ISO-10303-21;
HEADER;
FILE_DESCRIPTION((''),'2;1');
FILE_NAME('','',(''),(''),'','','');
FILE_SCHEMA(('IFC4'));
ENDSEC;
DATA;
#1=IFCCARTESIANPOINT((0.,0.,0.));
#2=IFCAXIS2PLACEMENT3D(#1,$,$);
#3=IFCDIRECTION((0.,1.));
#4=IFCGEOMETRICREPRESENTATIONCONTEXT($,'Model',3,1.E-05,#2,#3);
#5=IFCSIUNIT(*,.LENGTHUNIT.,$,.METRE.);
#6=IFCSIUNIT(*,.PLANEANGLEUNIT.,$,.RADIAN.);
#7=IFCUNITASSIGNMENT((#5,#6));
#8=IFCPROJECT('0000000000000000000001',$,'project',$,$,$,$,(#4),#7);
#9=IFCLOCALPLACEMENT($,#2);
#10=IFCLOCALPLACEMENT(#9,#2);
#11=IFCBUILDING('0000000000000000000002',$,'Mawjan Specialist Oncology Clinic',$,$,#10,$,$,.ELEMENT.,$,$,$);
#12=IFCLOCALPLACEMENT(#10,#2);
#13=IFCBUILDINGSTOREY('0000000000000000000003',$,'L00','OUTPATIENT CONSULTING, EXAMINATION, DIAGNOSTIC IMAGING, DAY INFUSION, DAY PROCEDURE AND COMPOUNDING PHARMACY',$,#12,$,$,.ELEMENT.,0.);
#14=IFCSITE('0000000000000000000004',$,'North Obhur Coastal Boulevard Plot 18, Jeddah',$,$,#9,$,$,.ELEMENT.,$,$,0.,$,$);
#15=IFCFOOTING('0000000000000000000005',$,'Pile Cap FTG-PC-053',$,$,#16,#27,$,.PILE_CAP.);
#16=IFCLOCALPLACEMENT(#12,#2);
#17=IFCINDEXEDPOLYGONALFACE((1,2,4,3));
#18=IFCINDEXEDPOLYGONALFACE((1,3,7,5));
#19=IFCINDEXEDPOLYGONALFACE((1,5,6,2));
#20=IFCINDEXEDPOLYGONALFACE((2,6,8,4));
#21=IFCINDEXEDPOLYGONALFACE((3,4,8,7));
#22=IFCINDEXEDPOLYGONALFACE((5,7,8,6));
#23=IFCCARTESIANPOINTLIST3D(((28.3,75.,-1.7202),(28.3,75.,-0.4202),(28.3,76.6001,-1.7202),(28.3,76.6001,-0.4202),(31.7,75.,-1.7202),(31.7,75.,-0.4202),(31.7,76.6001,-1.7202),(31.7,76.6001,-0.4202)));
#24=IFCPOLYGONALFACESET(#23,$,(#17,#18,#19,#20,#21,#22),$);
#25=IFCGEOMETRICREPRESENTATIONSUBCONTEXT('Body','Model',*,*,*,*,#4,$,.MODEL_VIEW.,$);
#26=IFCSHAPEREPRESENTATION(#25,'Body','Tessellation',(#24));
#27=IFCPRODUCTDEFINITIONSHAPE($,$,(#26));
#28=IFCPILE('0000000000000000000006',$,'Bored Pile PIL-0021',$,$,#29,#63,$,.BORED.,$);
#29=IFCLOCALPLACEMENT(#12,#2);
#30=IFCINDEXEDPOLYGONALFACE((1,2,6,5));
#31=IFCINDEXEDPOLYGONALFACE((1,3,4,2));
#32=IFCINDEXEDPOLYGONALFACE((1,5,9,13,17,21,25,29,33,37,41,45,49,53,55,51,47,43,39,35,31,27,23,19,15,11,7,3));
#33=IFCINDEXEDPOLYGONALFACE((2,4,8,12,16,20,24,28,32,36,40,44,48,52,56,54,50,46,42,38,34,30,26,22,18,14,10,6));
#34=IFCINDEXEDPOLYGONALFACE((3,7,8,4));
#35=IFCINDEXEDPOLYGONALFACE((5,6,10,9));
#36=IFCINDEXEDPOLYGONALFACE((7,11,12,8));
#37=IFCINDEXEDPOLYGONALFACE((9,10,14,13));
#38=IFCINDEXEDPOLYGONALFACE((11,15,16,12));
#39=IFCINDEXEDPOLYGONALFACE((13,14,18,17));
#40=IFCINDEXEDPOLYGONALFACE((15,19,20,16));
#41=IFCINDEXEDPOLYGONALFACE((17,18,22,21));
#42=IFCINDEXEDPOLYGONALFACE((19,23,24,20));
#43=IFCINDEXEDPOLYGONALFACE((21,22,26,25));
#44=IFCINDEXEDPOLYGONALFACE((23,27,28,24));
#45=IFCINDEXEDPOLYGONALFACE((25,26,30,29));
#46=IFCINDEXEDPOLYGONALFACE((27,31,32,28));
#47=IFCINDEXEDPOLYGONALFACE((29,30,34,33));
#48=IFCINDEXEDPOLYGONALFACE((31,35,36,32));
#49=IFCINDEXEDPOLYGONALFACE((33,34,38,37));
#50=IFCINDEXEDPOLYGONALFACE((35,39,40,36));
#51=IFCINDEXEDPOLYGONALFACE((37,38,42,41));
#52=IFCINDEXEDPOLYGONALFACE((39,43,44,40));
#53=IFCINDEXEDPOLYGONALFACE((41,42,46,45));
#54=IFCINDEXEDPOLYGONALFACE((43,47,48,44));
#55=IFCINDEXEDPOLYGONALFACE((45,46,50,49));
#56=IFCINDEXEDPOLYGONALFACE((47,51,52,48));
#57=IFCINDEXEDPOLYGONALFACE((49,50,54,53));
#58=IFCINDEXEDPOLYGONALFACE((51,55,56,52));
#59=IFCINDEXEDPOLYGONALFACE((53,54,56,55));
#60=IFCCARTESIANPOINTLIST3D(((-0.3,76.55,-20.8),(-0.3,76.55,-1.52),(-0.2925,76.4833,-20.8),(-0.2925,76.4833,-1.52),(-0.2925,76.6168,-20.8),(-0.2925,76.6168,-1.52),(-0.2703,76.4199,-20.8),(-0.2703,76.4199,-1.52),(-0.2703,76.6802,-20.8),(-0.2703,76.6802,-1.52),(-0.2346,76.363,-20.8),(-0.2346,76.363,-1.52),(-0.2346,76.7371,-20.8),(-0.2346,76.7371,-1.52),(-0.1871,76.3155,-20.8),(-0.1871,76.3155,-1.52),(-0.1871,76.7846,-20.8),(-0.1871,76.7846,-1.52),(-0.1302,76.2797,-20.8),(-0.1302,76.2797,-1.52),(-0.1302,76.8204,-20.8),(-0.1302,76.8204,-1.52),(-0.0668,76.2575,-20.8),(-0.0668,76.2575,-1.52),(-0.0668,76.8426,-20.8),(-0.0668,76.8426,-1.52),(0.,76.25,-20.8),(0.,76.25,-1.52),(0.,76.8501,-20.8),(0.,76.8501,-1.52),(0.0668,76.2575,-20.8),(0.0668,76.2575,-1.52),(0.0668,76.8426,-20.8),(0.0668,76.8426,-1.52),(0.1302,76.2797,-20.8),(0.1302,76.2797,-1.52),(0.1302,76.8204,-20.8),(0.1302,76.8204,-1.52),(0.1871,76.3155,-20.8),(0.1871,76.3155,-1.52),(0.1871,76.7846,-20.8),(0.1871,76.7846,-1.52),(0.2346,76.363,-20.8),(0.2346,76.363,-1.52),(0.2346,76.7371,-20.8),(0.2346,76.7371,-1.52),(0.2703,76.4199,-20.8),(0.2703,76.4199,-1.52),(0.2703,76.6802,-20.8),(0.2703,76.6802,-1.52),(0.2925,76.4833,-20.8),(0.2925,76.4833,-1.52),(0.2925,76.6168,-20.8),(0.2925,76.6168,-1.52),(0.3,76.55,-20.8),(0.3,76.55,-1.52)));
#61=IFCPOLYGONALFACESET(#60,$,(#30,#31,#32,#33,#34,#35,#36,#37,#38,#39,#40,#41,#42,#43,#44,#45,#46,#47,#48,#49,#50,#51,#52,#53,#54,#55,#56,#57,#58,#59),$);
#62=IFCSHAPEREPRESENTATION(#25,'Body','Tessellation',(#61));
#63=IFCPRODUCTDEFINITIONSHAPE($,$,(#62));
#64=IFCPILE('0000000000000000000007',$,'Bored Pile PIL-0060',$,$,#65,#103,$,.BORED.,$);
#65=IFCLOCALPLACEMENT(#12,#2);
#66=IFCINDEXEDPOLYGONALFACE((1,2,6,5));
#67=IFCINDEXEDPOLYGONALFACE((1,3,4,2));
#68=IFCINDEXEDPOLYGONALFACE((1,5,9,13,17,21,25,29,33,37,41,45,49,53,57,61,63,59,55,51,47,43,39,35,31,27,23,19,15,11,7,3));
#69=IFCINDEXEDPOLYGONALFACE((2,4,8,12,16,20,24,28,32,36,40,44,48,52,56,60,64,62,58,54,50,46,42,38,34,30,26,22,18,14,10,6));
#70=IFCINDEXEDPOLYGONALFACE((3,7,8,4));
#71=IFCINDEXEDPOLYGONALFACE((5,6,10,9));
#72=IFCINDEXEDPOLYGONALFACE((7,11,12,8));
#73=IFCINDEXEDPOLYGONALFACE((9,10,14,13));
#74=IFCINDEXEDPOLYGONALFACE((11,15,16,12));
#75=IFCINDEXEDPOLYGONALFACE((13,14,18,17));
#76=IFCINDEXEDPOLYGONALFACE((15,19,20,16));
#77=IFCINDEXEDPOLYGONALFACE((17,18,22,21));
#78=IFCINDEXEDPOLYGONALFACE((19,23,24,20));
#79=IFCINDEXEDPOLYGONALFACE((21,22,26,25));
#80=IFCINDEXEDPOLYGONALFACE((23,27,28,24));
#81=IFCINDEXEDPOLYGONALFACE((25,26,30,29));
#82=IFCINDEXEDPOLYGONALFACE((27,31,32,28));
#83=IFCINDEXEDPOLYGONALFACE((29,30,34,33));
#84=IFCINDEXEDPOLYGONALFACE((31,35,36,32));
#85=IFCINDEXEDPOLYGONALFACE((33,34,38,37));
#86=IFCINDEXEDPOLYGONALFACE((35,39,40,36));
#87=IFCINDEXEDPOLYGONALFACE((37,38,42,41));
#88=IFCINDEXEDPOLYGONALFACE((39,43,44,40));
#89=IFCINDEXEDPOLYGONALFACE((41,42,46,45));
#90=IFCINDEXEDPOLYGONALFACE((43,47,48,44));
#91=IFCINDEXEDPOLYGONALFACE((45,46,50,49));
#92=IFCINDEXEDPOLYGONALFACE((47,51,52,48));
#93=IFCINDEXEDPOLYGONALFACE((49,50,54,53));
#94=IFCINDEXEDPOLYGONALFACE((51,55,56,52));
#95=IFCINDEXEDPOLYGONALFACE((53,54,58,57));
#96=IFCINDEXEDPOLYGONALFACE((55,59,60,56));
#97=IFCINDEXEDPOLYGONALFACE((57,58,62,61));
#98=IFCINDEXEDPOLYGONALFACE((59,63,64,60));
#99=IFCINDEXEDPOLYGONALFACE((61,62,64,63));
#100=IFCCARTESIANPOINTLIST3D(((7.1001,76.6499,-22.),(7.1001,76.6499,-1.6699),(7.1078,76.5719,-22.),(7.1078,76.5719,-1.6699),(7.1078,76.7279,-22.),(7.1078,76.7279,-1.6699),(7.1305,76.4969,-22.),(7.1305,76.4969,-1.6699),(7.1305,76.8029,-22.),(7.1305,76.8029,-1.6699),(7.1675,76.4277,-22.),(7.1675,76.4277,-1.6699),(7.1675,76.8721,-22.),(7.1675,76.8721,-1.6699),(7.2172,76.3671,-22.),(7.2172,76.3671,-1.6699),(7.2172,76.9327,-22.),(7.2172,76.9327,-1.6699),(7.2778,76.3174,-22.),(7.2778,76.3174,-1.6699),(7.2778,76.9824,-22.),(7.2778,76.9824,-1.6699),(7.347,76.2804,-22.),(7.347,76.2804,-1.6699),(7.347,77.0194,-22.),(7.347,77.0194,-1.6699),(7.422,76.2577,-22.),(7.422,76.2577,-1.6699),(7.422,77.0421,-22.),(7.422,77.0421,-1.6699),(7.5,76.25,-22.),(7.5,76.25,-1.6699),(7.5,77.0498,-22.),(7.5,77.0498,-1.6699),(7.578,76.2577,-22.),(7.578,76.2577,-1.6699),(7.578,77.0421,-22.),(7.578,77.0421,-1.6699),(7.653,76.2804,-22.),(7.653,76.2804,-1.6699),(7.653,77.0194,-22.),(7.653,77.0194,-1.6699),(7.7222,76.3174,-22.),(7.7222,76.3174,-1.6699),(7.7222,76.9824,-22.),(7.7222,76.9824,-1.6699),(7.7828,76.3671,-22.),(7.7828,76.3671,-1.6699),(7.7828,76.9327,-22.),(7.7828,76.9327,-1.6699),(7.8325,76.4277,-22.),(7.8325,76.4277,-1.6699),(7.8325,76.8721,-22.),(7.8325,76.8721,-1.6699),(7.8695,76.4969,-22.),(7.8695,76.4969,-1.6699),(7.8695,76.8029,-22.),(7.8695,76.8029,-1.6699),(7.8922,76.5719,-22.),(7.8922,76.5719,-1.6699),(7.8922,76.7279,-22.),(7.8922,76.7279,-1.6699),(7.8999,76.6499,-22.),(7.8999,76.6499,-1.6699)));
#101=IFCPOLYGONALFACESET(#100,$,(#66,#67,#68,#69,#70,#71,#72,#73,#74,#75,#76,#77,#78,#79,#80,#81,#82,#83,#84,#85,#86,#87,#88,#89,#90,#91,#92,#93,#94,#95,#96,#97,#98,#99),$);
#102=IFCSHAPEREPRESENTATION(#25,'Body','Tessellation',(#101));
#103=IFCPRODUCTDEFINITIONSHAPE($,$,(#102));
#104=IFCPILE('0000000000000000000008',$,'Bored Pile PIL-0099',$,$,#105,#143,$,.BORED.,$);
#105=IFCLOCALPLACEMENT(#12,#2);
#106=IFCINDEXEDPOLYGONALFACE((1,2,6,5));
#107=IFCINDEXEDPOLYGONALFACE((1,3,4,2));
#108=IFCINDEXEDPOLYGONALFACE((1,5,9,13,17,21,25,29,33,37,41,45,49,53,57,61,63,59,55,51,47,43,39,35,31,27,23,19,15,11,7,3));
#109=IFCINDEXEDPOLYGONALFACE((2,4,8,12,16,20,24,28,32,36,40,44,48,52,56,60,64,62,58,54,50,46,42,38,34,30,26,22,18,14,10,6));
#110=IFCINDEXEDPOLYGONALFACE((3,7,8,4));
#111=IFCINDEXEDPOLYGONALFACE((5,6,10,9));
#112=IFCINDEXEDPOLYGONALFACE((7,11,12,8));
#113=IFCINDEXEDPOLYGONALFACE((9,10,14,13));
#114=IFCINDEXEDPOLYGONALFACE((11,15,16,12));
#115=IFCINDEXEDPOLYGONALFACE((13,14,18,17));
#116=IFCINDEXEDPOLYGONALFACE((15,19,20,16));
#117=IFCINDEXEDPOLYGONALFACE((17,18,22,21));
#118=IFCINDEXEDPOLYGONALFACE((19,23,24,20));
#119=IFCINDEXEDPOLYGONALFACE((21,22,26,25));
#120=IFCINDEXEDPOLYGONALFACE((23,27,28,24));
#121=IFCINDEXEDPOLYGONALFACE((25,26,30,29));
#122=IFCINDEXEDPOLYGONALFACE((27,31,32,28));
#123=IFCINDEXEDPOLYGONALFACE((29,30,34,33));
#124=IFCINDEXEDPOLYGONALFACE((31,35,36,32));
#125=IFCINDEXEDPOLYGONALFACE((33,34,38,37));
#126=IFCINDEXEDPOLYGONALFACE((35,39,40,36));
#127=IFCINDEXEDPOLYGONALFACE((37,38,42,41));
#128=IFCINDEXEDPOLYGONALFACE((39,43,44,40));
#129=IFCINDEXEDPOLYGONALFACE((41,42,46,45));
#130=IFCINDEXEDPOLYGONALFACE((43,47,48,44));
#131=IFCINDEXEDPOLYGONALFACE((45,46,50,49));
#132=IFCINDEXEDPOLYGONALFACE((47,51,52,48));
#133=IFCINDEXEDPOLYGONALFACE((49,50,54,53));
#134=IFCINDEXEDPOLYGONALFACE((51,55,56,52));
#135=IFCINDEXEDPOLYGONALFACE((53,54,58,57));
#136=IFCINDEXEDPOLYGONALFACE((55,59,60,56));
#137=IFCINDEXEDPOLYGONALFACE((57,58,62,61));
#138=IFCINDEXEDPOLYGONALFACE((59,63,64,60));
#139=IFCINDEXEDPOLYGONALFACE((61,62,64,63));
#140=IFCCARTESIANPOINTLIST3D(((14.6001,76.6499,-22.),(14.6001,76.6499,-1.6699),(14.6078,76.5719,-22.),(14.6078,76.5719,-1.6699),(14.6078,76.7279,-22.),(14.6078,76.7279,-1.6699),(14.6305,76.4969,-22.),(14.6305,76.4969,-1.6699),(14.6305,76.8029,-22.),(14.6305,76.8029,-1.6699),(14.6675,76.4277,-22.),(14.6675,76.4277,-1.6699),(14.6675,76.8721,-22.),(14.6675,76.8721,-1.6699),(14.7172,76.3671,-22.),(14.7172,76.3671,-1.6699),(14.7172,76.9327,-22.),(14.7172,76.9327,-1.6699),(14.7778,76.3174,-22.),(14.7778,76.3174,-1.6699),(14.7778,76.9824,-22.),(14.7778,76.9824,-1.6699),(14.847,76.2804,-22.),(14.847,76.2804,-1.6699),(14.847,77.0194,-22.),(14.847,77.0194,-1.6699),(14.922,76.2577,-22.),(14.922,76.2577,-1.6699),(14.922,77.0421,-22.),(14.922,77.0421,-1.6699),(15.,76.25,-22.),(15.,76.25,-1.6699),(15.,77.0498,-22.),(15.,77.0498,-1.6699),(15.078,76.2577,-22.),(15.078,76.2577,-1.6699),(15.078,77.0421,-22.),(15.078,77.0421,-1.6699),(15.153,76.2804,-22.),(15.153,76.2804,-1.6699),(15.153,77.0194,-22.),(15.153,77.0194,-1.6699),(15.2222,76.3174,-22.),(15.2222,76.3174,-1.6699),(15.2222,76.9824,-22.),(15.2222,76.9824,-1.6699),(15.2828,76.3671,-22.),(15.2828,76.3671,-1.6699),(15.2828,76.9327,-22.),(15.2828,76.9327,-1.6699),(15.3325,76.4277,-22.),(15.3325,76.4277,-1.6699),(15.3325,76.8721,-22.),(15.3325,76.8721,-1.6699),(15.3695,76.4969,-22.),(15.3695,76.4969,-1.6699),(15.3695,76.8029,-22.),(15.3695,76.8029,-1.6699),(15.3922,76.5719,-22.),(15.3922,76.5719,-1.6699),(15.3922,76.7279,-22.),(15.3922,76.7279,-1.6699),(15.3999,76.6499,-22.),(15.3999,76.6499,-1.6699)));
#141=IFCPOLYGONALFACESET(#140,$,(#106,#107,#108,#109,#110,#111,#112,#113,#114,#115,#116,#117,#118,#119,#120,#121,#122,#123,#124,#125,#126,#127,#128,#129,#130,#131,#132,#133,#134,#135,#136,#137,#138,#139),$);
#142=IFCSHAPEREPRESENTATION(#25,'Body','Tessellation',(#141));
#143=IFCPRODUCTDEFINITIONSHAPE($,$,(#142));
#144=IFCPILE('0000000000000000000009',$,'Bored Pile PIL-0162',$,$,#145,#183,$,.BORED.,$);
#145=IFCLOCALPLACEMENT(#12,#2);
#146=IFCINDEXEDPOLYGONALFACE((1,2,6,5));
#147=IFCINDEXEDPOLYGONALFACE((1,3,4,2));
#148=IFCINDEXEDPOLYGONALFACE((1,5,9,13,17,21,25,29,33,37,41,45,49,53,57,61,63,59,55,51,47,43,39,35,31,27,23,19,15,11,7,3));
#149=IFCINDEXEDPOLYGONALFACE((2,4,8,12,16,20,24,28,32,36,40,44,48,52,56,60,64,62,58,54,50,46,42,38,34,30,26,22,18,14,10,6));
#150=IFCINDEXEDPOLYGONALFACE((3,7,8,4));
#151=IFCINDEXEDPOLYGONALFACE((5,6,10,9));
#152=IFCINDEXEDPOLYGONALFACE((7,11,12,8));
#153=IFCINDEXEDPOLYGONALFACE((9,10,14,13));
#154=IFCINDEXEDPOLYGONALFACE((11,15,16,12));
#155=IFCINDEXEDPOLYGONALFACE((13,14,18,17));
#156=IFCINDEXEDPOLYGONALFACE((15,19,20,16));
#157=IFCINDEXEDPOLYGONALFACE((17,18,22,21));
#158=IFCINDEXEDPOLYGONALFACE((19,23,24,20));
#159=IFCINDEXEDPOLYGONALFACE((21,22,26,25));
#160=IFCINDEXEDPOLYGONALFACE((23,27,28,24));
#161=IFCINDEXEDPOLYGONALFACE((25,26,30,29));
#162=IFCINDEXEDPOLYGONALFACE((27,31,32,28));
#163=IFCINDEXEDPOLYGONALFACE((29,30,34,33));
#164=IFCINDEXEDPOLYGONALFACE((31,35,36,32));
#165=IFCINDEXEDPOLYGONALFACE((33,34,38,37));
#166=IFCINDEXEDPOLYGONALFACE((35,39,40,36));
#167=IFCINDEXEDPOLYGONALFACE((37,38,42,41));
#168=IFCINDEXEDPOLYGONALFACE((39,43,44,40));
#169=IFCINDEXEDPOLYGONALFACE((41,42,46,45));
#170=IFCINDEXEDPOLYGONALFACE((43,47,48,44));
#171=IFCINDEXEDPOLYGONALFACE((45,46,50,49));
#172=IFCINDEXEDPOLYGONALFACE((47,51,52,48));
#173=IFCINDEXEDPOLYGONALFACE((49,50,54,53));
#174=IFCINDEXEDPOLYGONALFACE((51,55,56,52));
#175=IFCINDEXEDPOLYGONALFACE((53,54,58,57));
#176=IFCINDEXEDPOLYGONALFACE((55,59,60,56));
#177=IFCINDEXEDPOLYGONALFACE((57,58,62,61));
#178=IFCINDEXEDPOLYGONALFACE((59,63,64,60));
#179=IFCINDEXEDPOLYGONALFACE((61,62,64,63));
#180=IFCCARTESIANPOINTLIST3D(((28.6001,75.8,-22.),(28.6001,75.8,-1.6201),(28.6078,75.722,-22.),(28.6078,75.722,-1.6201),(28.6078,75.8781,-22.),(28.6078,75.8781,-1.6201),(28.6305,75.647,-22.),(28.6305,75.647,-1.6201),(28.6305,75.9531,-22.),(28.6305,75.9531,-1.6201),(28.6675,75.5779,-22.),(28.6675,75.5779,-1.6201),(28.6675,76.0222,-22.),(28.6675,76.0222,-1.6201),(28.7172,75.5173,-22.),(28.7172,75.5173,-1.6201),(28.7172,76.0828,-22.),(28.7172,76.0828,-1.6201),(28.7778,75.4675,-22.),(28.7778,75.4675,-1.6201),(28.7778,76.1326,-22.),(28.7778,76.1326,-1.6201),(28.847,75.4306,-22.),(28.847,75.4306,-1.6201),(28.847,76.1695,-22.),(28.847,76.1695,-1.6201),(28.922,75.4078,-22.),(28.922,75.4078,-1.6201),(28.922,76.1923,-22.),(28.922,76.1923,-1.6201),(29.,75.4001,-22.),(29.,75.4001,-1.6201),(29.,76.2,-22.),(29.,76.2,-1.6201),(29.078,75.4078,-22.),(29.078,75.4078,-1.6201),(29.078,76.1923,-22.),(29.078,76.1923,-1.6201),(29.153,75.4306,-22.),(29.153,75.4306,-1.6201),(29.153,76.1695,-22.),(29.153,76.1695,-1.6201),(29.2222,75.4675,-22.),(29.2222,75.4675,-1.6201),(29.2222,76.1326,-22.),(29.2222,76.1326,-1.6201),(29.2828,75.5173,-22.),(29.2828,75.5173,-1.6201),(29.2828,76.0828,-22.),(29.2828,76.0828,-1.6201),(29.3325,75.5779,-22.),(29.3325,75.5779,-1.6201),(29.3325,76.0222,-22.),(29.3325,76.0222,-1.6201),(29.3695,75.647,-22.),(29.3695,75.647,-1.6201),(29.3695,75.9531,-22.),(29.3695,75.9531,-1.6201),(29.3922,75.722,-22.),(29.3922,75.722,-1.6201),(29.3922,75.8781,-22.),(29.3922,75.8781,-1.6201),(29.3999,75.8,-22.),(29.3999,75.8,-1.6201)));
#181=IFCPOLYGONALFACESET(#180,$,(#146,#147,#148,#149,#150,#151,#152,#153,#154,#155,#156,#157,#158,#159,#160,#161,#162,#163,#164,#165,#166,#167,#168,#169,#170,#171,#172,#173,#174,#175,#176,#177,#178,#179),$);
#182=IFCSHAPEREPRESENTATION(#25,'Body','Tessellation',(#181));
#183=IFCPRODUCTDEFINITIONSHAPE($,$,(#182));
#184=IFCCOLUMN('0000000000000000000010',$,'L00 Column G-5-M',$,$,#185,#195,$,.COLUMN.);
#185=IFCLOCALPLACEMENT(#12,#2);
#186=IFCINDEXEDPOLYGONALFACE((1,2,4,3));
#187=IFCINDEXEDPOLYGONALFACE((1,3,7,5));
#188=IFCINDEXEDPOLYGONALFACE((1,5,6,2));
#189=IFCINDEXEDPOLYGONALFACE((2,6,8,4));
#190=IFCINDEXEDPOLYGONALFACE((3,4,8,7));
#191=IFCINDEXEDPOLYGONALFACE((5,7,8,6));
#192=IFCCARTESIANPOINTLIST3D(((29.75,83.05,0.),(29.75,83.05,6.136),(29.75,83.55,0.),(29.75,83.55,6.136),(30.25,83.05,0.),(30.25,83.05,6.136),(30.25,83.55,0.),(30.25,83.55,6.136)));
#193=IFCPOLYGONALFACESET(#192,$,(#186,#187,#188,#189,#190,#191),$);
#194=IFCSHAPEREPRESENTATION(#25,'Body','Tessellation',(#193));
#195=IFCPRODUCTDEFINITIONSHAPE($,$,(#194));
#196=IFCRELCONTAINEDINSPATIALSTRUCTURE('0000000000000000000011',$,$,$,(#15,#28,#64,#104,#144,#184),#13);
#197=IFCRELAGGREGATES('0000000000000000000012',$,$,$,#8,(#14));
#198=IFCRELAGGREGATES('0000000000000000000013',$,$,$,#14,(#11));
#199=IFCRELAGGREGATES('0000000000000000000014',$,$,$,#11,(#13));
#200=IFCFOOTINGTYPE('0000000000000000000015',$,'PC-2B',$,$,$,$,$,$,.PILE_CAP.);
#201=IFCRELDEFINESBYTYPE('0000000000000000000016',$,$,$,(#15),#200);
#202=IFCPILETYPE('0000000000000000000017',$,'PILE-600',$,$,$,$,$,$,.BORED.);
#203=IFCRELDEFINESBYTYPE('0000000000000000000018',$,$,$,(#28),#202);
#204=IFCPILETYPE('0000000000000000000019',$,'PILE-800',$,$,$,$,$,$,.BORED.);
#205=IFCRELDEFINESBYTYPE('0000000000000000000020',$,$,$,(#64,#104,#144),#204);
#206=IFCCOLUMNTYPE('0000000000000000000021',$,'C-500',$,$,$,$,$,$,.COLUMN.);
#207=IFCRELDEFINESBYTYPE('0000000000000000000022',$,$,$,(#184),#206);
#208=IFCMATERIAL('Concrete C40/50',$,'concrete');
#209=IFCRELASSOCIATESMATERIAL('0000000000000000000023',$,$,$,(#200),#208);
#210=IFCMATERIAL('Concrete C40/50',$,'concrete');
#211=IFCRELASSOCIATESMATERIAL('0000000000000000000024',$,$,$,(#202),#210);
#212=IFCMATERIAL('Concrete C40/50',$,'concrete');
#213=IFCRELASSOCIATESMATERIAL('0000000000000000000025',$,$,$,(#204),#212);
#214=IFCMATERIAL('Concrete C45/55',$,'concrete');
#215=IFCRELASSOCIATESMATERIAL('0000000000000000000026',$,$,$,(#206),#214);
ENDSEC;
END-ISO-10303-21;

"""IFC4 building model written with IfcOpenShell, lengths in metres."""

from ifc_helpers import new_model, si_unit, direction, frame, origin, origin_2d, place, context, subcontext, project, spatial, rectangle, circle, extrude, material, material_profile, profile_set, type_object, element, save


model = new_model("IFC4")

# Units and contexts
model_context = context("Model", 3, precision=1e-05, world=origin(), true_north=direction((0.0, 1.0)))
body_context = subcontext(model_context, "Body", "Model", "MODEL_VIEW")
ifc_project = project(units=[si_unit("LENGTHUNIT", "METRE"), si_unit("PLANEANGLEUNIT", "RADIAN")], contexts=[model_context])

# Site, building, storey
site_placement = place(None, origin())
site = spatial("IfcSite", under=ifc_project, at=site_placement, Name="North Obhur Coastal Boulevard Plot 18, Jeddah", CompositionType="ELEMENT", RefElevation=0.0)
building_placement = place(site_placement, origin())
building = spatial("IfcBuilding", under=site, at=building_placement, Name="Mawjan Specialist Oncology Clinic", CompositionType="ELEMENT")
storey_placement = place(building_placement, origin())
storey = spatial("IfcBuildingStorey", under=building, at=storey_placement, Name="L00", Description="OUTPATIENT CONSULTING, EXAMINATION, DIAGNOSTIC IMAGING, DAY INFUSION, DAY PROCEDURE AND COMPOUNDING PHARMACY", CompositionType="ELEMENT", Elevation=0.0)

# Footing
ifc_material_1 = material(Name="Concrete C40/50", Category="concrete")
footing_type = type_object("IfcFootingType", Name="PC-2B", PredefinedType="PILE_CAP", material=ifc_material_1)
footing_placement = place(storey_placement, frame((30.0, 75.8, -1.7202), z_axis=(0.0, 0.0, 1.0), x_axis=(1.0, 0.0, 0.0)))
element("IfcFooting", 1, at=footing_placement, inside=storey, type_object=footing_type, Name="Pile Cap FTG-PC-053", PredefinedType="PILE_CAP", context=body_context, shape_type="SweptSolid", body=[
    extrude(rectangle(XDim=3.3999, YDim=1.6001, at=origin_2d()), origin(), (0.0, 0.0, 1.0), 1.3),
])

# Piles
ifc_material_2 = material(Name="Concrete C40/50", Category="concrete")
ifc_material_profile_1 = material_profile(ifc_material_2, circle(Radius=0.3, at=origin_2d()), Name="BORED PILE D600", Category="concrete")
ifc_profile_set_1 = profile_set([ifc_material_profile_1], Name="Concrete C40/50")
pile_type_1 = type_object("IfcPileType", Name="PILE-600", PredefinedType="BORED", material=ifc_profile_set_1)
pile_1_placement = place(storey_placement, frame((0.0, 76.55, -1.52), z_axis=(0.0, 0.0, -1.0), x_axis=(1.0, 0.0, 0.0)))
element("IfcPile", 2, at=pile_1_placement, inside=storey, type_object=pile_type_1, Name="Bored Pile PIL-0021", PredefinedType="BORED", context=body_context, shape_type="SweptSolid", body=[
    extrude(circle(Radius=0.3, at=origin_2d()), origin(), (0.0, 0.0, 1.0), 19.28),
])
ifc_material_3 = material(Name="Concrete C40/50", Category="concrete")
ifc_material_profile_2 = material_profile(ifc_material_3, circle(Radius=0.3999, at=origin_2d()), Name="BORED PILE D800", Category="concrete")
ifc_profile_set_2 = profile_set([ifc_material_profile_2], Name="Concrete C40/50")
pile_type_2 = type_object("IfcPileType", Name="PILE-800", PredefinedType="BORED", material=ifc_profile_set_2)
for number, where, z_axis, x_axis, name in (
    (3, (7.5, 76.6499, -1.6699), (0.0, 0.0, -1.0), (1.0, 0.0, 0.0), "Bored Pile PIL-0060"),
    (4, (15.0, 76.6499, -1.6699), (0.0, 0.0, -1.0), (1.0, 0.0, 0.0), "Bored Pile PIL-0099"),
):
    element("IfcPile", number, at=place(storey_placement, frame(where, z_axis=z_axis, x_axis=x_axis)), inside=storey, type_object=pile_type_2, Name=name, PredefinedType="BORED", context=body_context, shape_type="SweptSolid", body=[
        extrude(circle(Radius=0.3999, at=origin_2d()), origin(), (0.0, 0.0, 1.0), 20.3301),
    ])
pile_2_placement = place(storey_placement, frame((29.0, 75.8, -1.6201), z_axis=(0.0, 0.0, -1.0), x_axis=(1.0, 0.0, 0.0)))
element("IfcPile", 5, at=pile_2_placement, inside=storey, type_object=pile_type_2, Name="Bored Pile PIL-0162", PredefinedType="BORED", context=body_context, shape_type="SweptSolid", body=[
    extrude(circle(Radius=0.3999, at=origin_2d()), origin(), (0.0, 0.0, 1.0), 20.3799),
])

# Column
ifc_material_4 = material(Name="Concrete C45/55", Category="concrete")
ifc_material_profile_3 = material_profile(ifc_material_4, rectangle(XDim=0.5, YDim=0.5, at=origin_2d()), Name="RC COL 500x500", Category="concrete")
ifc_profile_set_3 = profile_set([ifc_material_profile_3], Name="Concrete C45/55")
column_type_1 = type_object("IfcColumnType", Name="C-500", PredefinedType="COLUMN", material=ifc_profile_set_3)
for number, where, z_axis, x_axis, name in (
    (6, (30.0, 83.3, 0.0), (0.0, 0.0, 1.0), (1.0, 0.0, 0.0), "L00 Column G-5-M"),
):
    element("IfcColumn", number, at=place(storey_placement, frame(where, z_axis=z_axis, x_axis=x_axis)), inside=storey, type_object=column_type_1, Name=name, PredefinedType="COLUMN", context=body_context, shape_type="SweptSolid", body=[
        extrude(rectangle(XDim=0.5, YDim=0.5, at=origin_2d()), origin(), (0.0, 0.0, 1.0), 6.136),
    ])

save(model, "model.ifc")
